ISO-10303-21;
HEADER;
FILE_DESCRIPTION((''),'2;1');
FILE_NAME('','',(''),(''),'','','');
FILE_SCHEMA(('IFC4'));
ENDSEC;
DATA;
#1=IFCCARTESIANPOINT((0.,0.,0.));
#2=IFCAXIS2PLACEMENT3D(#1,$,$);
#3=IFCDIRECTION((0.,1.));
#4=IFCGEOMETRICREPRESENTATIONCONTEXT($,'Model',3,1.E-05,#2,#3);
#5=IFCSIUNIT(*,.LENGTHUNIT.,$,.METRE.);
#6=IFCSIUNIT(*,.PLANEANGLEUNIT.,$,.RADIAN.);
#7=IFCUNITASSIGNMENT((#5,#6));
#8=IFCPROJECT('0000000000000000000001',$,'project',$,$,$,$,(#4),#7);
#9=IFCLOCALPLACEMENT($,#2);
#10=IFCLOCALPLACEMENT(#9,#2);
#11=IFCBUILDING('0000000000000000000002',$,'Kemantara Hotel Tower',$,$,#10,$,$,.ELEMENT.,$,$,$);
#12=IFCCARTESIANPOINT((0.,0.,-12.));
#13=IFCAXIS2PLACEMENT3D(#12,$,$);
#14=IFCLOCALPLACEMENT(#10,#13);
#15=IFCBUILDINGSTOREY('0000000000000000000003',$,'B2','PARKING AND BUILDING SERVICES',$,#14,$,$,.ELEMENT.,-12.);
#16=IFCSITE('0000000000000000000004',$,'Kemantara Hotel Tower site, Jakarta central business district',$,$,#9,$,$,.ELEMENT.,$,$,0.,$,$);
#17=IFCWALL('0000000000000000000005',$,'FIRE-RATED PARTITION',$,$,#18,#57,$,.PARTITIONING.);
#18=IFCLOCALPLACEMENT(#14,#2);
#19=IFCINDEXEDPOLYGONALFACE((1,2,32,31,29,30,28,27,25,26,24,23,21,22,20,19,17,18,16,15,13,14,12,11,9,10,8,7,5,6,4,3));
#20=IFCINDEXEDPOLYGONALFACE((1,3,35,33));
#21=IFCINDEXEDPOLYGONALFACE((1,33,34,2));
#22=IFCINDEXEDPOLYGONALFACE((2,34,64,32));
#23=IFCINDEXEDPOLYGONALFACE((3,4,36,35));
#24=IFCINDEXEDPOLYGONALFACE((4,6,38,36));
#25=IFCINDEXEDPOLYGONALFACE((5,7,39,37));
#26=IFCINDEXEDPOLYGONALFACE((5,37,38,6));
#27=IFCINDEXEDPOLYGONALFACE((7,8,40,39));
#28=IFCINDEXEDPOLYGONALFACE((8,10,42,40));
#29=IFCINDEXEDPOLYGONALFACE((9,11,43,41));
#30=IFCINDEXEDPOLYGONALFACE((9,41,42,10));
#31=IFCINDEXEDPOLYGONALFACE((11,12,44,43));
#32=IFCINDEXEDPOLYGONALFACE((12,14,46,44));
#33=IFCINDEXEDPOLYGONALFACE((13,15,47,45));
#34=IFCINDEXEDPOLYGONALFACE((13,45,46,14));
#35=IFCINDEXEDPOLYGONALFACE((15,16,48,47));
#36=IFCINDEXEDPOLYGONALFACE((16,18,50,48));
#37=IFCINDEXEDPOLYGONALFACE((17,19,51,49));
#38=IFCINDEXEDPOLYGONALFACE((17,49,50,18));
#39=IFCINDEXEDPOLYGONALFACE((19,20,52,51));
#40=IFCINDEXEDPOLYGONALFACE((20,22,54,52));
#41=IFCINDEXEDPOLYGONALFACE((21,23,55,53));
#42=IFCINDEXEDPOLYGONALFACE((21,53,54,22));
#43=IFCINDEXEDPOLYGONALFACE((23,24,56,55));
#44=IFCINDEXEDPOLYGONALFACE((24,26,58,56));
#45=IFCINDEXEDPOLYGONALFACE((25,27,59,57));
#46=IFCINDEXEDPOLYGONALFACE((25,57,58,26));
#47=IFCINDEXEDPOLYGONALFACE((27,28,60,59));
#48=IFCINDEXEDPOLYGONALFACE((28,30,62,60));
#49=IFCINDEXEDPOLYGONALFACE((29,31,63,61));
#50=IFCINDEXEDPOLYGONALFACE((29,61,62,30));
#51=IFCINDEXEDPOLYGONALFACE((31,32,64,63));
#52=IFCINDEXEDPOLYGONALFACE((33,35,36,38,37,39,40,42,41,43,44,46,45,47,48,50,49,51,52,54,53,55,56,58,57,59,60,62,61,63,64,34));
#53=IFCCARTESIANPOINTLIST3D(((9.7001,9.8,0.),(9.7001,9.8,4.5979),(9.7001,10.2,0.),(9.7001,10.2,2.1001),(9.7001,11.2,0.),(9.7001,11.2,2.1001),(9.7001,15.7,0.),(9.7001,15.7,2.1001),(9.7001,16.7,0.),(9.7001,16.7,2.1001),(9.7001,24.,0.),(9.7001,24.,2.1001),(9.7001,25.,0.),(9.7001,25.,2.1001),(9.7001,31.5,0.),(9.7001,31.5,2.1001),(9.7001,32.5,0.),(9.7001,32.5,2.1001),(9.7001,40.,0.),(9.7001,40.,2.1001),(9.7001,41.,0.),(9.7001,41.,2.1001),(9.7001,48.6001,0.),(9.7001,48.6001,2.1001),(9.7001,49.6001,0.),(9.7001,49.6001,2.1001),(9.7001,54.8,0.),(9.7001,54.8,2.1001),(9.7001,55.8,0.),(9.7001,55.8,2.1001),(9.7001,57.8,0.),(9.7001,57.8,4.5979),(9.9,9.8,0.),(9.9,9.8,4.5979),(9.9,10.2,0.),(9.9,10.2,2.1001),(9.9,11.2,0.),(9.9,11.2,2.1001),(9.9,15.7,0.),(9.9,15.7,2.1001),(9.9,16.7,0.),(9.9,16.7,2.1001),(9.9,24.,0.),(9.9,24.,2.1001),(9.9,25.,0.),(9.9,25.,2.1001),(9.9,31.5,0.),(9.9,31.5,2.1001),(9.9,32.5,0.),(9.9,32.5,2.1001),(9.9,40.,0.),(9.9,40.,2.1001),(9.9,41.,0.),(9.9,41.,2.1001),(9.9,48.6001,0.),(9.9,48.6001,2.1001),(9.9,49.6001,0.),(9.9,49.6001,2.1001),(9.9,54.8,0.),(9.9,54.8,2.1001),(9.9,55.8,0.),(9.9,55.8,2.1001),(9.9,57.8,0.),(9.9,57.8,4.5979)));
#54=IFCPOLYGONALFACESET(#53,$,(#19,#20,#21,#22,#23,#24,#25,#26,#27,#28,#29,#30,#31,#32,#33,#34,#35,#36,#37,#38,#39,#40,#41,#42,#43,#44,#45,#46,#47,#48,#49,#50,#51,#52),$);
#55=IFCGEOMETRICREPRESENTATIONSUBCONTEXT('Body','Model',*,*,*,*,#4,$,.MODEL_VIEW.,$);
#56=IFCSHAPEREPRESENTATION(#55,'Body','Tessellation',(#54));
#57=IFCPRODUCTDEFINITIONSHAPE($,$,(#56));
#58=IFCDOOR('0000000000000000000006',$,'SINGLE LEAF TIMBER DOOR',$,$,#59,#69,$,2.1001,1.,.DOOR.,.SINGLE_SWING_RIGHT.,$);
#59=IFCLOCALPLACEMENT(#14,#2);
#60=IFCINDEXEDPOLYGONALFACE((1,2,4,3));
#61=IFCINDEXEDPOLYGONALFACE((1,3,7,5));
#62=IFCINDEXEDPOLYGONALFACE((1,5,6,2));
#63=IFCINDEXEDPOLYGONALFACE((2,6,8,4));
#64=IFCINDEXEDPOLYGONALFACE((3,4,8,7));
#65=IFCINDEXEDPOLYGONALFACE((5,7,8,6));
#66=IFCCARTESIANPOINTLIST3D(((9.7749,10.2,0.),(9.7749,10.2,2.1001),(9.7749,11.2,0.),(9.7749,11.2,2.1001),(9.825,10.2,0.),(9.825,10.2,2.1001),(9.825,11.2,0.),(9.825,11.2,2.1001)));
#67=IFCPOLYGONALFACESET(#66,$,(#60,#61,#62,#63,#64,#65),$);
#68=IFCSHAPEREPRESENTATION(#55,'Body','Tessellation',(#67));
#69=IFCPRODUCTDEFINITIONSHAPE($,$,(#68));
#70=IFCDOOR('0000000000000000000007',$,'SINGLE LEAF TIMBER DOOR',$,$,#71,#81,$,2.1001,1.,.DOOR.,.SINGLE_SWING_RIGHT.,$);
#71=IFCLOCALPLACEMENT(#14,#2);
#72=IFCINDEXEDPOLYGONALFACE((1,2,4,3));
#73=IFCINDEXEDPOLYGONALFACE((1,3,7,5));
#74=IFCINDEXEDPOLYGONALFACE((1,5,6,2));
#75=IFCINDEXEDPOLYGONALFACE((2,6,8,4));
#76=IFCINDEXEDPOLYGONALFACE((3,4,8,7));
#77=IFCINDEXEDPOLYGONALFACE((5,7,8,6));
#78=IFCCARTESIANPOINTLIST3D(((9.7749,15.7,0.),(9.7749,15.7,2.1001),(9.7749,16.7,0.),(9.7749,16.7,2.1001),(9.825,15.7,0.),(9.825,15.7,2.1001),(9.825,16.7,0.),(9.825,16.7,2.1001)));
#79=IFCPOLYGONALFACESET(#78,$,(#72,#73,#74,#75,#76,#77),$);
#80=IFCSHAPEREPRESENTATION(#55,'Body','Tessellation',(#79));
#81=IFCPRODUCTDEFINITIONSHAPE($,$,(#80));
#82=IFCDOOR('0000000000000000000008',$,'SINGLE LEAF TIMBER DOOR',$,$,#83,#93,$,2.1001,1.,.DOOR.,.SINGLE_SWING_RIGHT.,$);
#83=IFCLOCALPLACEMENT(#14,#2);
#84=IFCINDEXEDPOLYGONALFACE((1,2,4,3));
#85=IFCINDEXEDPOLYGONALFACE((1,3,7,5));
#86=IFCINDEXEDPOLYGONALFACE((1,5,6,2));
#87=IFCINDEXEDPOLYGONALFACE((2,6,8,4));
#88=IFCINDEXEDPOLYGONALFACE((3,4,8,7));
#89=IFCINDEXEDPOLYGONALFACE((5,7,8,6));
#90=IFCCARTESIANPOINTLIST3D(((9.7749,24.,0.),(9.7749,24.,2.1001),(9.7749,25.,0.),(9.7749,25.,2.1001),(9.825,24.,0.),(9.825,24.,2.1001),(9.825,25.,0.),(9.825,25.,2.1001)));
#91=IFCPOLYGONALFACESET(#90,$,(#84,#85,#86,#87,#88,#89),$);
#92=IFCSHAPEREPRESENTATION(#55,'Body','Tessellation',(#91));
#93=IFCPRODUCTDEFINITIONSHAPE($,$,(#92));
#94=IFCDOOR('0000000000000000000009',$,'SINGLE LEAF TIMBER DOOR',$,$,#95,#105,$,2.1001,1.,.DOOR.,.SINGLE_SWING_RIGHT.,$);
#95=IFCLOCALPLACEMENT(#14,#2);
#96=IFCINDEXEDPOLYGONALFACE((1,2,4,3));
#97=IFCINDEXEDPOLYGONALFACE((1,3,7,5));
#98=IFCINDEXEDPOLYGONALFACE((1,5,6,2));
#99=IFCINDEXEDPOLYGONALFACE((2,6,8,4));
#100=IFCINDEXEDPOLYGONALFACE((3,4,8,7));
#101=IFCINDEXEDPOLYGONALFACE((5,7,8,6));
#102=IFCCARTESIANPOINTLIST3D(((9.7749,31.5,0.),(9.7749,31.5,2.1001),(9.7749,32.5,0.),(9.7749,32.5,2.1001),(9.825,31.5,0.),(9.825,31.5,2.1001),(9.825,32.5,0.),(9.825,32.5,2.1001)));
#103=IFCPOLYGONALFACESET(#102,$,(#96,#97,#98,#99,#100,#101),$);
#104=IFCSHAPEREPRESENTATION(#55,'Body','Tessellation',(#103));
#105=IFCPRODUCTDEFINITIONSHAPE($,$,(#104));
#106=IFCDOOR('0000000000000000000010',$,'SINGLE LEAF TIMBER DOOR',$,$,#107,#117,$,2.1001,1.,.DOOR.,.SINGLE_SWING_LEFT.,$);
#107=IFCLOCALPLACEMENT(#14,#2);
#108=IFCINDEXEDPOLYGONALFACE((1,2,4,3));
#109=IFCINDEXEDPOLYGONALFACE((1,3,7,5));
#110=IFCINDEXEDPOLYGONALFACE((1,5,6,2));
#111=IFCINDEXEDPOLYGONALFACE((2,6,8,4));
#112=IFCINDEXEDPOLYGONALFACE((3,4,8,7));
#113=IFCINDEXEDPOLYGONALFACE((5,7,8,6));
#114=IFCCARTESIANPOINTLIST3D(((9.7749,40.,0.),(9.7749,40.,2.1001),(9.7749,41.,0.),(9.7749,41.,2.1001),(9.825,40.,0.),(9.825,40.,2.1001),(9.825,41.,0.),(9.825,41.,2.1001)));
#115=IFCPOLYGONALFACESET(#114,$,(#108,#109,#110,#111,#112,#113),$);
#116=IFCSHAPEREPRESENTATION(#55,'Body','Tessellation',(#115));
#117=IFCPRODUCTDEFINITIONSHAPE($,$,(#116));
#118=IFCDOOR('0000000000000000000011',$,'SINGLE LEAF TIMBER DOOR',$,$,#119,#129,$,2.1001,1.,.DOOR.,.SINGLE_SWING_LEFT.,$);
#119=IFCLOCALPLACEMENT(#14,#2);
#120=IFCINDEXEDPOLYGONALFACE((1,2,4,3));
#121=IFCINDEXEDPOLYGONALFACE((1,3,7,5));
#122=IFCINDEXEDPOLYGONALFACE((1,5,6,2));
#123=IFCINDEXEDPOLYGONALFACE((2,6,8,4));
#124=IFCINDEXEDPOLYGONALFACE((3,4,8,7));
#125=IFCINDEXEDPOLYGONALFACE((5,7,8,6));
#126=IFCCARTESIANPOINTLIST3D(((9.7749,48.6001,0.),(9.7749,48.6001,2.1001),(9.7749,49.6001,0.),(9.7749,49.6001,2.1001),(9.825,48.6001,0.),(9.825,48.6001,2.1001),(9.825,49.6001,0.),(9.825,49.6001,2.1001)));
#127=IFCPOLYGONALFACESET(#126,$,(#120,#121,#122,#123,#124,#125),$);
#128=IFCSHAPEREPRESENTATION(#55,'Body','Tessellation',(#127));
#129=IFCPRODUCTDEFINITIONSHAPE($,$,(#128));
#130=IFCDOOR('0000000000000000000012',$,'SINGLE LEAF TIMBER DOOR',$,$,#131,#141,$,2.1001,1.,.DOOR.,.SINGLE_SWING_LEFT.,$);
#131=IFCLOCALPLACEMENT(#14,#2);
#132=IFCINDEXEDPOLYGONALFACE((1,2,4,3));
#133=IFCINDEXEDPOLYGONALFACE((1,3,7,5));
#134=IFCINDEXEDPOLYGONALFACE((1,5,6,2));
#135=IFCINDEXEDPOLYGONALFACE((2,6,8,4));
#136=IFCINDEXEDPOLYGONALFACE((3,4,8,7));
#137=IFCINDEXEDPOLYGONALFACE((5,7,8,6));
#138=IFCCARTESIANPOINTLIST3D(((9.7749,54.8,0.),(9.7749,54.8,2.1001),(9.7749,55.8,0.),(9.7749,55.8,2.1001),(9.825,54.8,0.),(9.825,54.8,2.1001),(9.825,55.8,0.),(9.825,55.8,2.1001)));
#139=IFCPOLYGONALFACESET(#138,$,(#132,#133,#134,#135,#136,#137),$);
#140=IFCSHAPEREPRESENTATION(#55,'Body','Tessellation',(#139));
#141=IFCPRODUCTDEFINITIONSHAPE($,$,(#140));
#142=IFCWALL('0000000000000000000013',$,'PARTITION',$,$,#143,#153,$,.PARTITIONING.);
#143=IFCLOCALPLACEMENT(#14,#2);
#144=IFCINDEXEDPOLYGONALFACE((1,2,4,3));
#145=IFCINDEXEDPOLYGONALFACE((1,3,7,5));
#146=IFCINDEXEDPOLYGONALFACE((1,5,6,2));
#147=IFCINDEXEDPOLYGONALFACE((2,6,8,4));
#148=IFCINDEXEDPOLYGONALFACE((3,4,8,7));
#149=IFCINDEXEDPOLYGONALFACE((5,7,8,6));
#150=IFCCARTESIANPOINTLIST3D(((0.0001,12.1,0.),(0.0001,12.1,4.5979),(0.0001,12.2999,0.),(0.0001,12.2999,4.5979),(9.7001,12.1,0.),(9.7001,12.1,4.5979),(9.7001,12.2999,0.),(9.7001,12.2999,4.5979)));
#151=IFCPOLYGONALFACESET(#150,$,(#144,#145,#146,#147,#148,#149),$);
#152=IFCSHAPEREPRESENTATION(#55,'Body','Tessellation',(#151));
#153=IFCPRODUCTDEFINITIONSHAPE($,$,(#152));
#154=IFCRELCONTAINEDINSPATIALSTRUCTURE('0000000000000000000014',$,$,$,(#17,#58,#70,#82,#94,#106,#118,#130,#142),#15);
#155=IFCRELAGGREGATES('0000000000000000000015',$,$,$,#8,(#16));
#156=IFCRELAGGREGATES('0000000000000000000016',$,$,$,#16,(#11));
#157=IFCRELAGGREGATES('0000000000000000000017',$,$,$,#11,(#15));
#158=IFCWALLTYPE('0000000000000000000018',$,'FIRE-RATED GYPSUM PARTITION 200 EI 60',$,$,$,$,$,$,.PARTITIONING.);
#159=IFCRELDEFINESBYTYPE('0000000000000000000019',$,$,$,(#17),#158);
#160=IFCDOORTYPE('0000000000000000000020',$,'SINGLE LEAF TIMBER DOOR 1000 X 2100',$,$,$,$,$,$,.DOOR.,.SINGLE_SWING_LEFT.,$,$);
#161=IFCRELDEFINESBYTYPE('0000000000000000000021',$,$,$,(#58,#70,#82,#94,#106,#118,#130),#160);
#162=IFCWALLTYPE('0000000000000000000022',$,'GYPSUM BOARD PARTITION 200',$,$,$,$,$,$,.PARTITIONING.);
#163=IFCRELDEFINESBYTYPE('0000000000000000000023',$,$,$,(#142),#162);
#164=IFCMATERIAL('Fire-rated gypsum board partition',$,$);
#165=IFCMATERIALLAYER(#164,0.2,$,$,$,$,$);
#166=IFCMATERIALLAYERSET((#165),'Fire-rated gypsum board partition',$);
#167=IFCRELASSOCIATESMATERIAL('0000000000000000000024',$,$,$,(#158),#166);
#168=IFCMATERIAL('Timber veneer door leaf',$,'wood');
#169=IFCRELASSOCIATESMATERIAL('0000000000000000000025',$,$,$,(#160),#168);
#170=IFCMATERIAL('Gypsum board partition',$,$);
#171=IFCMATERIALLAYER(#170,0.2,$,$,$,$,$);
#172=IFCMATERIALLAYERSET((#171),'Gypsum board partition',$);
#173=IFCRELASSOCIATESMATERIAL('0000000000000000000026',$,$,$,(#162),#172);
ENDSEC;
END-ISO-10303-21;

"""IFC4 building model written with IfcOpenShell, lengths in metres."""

from ifc_helpers import new_model, si_unit, direction, frame, frame_2d, origin, place, context, subcontext, project, spatial, rectangle, extrude, material, layer, layer_set, type_object, element, fill, save


model = new_model("IFC4")

# Units and contexts
model_context = context("Model", 3, precision=1e-05, world=origin(), true_north=direction((0.0, 1.0)))
body_context = subcontext(model_context, "Body", "Model", "MODEL_VIEW")
ifc_project = project(units=[si_unit("LENGTHUNIT", "METRE"), si_unit("PLANEANGLEUNIT", "RADIAN")], contexts=[model_context])

# Site, building, storey
site_placement = place(None, origin())
site = spatial("IfcSite", under=ifc_project, at=site_placement, Name="Kemantara Hotel Tower site, Jakarta central business district", CompositionType="ELEMENT", RefElevation=0.0)
building_placement = place(site_placement, origin())
building = spatial("IfcBuilding", under=site, at=building_placement, Name="Kemantara Hotel Tower", CompositionType="ELEMENT")
storey_placement = place(building_placement, frame((0.0, 0.0, -12.0)))
storey = spatial("IfcBuildingStorey", under=building, at=storey_placement, Name="B2", Description="PARKING AND BUILDING SERVICES", CompositionType="ELEMENT", Elevation=-12.0)

# Wall, openings, doors
ifc_material_1 = material(Name="Fire-rated gypsum board partition")
ifc_layer_1 = layer(ifc_material_1, 0.2)
ifc_layer_set_1 = layer_set([ifc_layer_1], Name="Fire-rated gypsum board partition")
wall_type_1 = type_object("IfcWallType", Name="FIRE-RATED GYPSUM PARTITION 200 EI 60", PredefinedType="PARTITIONING", material=ifc_layer_set_1)
wall_1_placement = place(storey_placement, frame((9.8, 9.8, 0.0), z_axis=(0.0, 0.0, 1.0), x_axis=(0.0, 1.0, 0.0)))
wall_1 = element("IfcWall", 1, at=wall_1_placement, inside=storey, type_object=wall_type_1, Name="FIRE-RATED PARTITION", PredefinedType="PARTITIONING", context=body_context, shape_type="SweptSolid", body=[
    extrude(rectangle(XDim=48.0, YDim=0.2, at=frame_2d((24.0, 0.0))), origin(), (0.0, 0.0, 1.0), 4.5979),
])
opening_1_placement = place(wall_1_placement, frame((0.3999, 0.0, 0.0)))
opening_1 = element("IfcOpeningElement", 2, at=opening_1_placement, cuts=wall_1, PredefinedType="OPENING", context=body_context, shape_type="SweptSolid", body=[
    extrude(rectangle(XDim=1.0, YDim=2.1001, at=frame_2d((0.5, 1.05))), frame((0.0, 0.1099, 0.0), z_axis=(0.0, -1.0, 0.0), x_axis=(1.0, 0.0, 0.0)), (0.0, 0.0, 1.0), 0.22),
])
opening_2_placement = place(wall_1_placement, frame((5.8999, 0.0, 0.0)))
opening_2 = element("IfcOpeningElement", 3, at=opening_2_placement, cuts=wall_1, PredefinedType="OPENING", context=body_context, shape_type="SweptSolid", body=[
    extrude(rectangle(XDim=1.0, YDim=2.1001, at=frame_2d((0.5, 1.05))), frame((0.0, 0.1099, 0.0), z_axis=(0.0, -1.0, 0.0), x_axis=(1.0, 0.0, 0.0)), (0.0, 0.0, 1.0), 0.22),
])
opening_3_placement = place(wall_1_placement, frame((14.2, 0.0, 0.0)))
opening_3 = element("IfcOpeningElement", 4, at=opening_3_placement, cuts=wall_1, PredefinedType="OPENING", context=body_context, shape_type="SweptSolid", body=[
    extrude(rectangle(XDim=1.0, YDim=2.1001, at=frame_2d((0.5, 1.05))), frame((0.0, 0.1099, 0.0), z_axis=(0.0, -1.0, 0.0), x_axis=(1.0, 0.0, 0.0)), (0.0, 0.0, 1.0), 0.22),
])
opening_4_placement = place(wall_1_placement, frame((21.7, 0.0, 0.0)))
opening_4 = element("IfcOpeningElement", 5, at=opening_4_placement, cuts=wall_1, PredefinedType="OPENING", context=body_context, shape_type="SweptSolid", body=[
    extrude(rectangle(XDim=1.0, YDim=2.1001, at=frame_2d((0.5, 1.05))), frame((0.0, 0.1099, 0.0), z_axis=(0.0, -1.0, 0.0), x_axis=(1.0, 0.0, 0.0)), (0.0, 0.0, 1.0), 0.22),
])
opening_5_placement = place(wall_1_placement, frame((30.2, 0.0, 0.0)))
opening_5 = element("IfcOpeningElement", 6, at=opening_5_placement, cuts=wall_1, PredefinedType="OPENING", context=body_context, shape_type="SweptSolid", body=[
    extrude(rectangle(XDim=1.0, YDim=2.1001, at=frame_2d((0.5, 1.05))), frame((0.0, 0.1099, 0.0), z_axis=(0.0, -1.0, 0.0), x_axis=(1.0, 0.0, 0.0)), (0.0, 0.0, 1.0), 0.22),
])
opening_6_placement = place(wall_1_placement, frame((38.8, 0.0, 0.0)))
opening_6 = element("IfcOpeningElement", 7, at=opening_6_placement, cuts=wall_1, PredefinedType="OPENING", context=body_context, shape_type="SweptSolid", body=[
    extrude(rectangle(XDim=1.0, YDim=2.1001, at=frame_2d((0.5, 1.05))), frame((0.0, 0.1099, 0.0), z_axis=(0.0, -1.0, 0.0), x_axis=(1.0, 0.0, 0.0)), (0.0, 0.0, 1.0), 0.22),
])
opening_7_placement = place(wall_1_placement, frame((45.0, 0.0, 0.0)))
opening_7 = element("IfcOpeningElement", 8, at=opening_7_placement, cuts=wall_1, PredefinedType="OPENING", context=body_context, shape_type="SweptSolid", body=[
    extrude(rectangle(XDim=1.0, YDim=2.1001, at=frame_2d((0.5, 1.05))), frame((0.0, 0.1099, 0.0), z_axis=(0.0, -1.0, 0.0), x_axis=(1.0, 0.0, 0.0)), (0.0, 0.0, 1.0), 0.22),
])
ifc_material_2 = material(Name="Timber veneer door leaf", Category="wood")
door_type_1 = type_object("IfcDoorType", Name="SINGLE LEAF TIMBER DOOR 1000 X 2100", OperationType="SINGLE_SWING_LEFT", PredefinedType="DOOR", material=ifc_material_2)
door_1_placement = place(opening_1_placement, frame((1.0, 0.0, 0.0), z_axis=(0.0, 0.0, 1.0), x_axis=(-1.0, 0.0, 0.0)))
door_1 = element("IfcDoor", 9, at=door_1_placement, inside=storey, type_object=door_type_1, Name="SINGLE LEAF TIMBER DOOR", OperationType="SINGLE_SWING_RIGHT", OverallHeight=2.1001, OverallWidth=1.0, PredefinedType="DOOR", context=body_context, shape_type="SweptSolid", body=[
    extrude(rectangle(XDim=1.0, YDim=2.1001, at=frame_2d((0.5, 1.05))), frame((0.0, 0.0249, 0.0), z_axis=(0.0, -1.0, 0.0), x_axis=(1.0, 0.0, 0.0)), (0.0, 0.0, 1.0), 0.05),
])
fill(opening_1, door_1)
door_2_placement = place(opening_2_placement, frame((1.0, 0.0, 0.0), z_axis=(0.0, 0.0, 1.0), x_axis=(-1.0, 0.0, 0.0)))
door_2 = element("IfcDoor", 10, at=door_2_placement, inside=storey, type_object=door_type_1, Name="SINGLE LEAF TIMBER DOOR", OperationType="SINGLE_SWING_RIGHT", OverallHeight=2.1001, OverallWidth=1.0, PredefinedType="DOOR", context=body_context, shape_type="SweptSolid", body=[
    extrude(rectangle(XDim=1.0, YDim=2.1001, at=frame_2d((0.5, 1.05))), frame((0.0, 0.0249, 0.0), z_axis=(0.0, -1.0, 0.0), x_axis=(1.0, 0.0, 0.0)), (0.0, 0.0, 1.0), 0.05),
])
fill(opening_2, door_2)
door_3_placement = place(opening_3_placement, frame((1.0, 0.0, 0.0), z_axis=(0.0, 0.0, 1.0), x_axis=(-1.0, 0.0, 0.0)))
door_3 = element("IfcDoor", 11, at=door_3_placement, inside=storey, type_object=door_type_1, Name="SINGLE LEAF TIMBER DOOR", OperationType="SINGLE_SWING_RIGHT", OverallHeight=2.1001, OverallWidth=1.0, PredefinedType="DOOR", context=body_context, shape_type="SweptSolid", body=[
    extrude(rectangle(XDim=1.0, YDim=2.1001, at=frame_2d((0.5, 1.05))), frame((0.0, 0.0249, 0.0), z_axis=(0.0, -1.0, 0.0), x_axis=(1.0, 0.0, 0.0)), (0.0, 0.0, 1.0), 0.05),
])
fill(opening_3, door_3)
door_4_placement = place(opening_4_placement, frame((1.0, 0.0, 0.0), z_axis=(0.0, 0.0, 1.0), x_axis=(-1.0, 0.0, 0.0)))
door_4 = element("IfcDoor", 12, at=door_4_placement, inside=storey, type_object=door_type_1, Name="SINGLE LEAF TIMBER DOOR", OperationType="SINGLE_SWING_RIGHT", OverallHeight=2.1001, OverallWidth=1.0, PredefinedType="DOOR", context=body_context, shape_type="SweptSolid", body=[
    extrude(rectangle(XDim=1.0, YDim=2.1001, at=frame_2d((0.5, 1.05))), frame((0.0, 0.0249, 0.0), z_axis=(0.0, -1.0, 0.0), x_axis=(1.0, 0.0, 0.0)), (0.0, 0.0, 1.0), 0.05),
])
fill(opening_4, door_4)
door_5_placement = place(opening_5_placement, frame((1.0, 0.0, 0.0), z_axis=(0.0, 0.0, 1.0), x_axis=(-1.0, 0.0, 0.0)))
door_5 = element("IfcDoor", 13, at=door_5_placement, inside=storey, type_object=door_type_1, Name="SINGLE LEAF TIMBER DOOR", OperationType="SINGLE_SWING_LEFT", OverallHeight=2.1001, OverallWidth=1.0, PredefinedType="DOOR", context=body_context, shape_type="SweptSolid", body=[
    extrude(rectangle(XDim=1.0, YDim=2.1001, at=frame_2d((0.5, 1.05))), frame((0.0, 0.0249, 0.0), z_axis=(0.0, -1.0, 0.0), x_axis=(1.0, 0.0, 0.0)), (0.0, 0.0, 1.0), 0.05),
])
fill(opening_5, door_5)
door_6_placement = place(opening_6_placement, frame((1.0, 0.0, 0.0), z_axis=(0.0, 0.0, 1.0), x_axis=(-1.0, 0.0, 0.0)))
door_6 = element("IfcDoor", 14, at=door_6_placement, inside=storey, type_object=door_type_1, Name="SINGLE LEAF TIMBER DOOR", OperationType="SINGLE_SWING_LEFT", OverallHeight=2.1001, OverallWidth=1.0, PredefinedType="DOOR", context=body_context, shape_type="SweptSolid", body=[
    extrude(rectangle(XDim=1.0, YDim=2.1001, at=frame_2d((0.5, 1.05))), frame((0.0, 0.0249, 0.0), z_axis=(0.0, -1.0, 0.0), x_axis=(1.0, 0.0, 0.0)), (0.0, 0.0, 1.0), 0.05),
])
fill(opening_6, door_6)
door_7_placement = place(opening_7_placement, frame((1.0, 0.0, 0.0), z_axis=(0.0, 0.0, 1.0), x_axis=(-1.0, 0.0, 0.0)))
door_7 = element("IfcDoor", 15, at=door_7_placement, inside=storey, type_object=door_type_1, Name="SINGLE LEAF TIMBER DOOR", OperationType="SINGLE_SWING_LEFT", OverallHeight=2.1001, OverallWidth=1.0, PredefinedType="DOOR", context=body_context, shape_type="SweptSolid", body=[
    extrude(rectangle(XDim=1.0, YDim=2.1001, at=frame_2d((0.5, 1.05))), frame((0.0, 0.0249, 0.0), z_axis=(0.0, -1.0, 0.0), x_axis=(1.0, 0.0, 0.0)), (0.0, 0.0, 1.0), 0.05),
])
fill(opening_7, door_7)

# Wall
ifc_material_3 = material(Name="Gypsum board partition")
ifc_layer_2 = layer(ifc_material_3, 0.2)
ifc_layer_set_2 = layer_set([ifc_layer_2], Name="Gypsum board partition")
wall_type_2 = type_object("IfcWallType", Name="GYPSUM BOARD PARTITION 200", PredefinedType="PARTITIONING", material=ifc_layer_set_2)
wall_2_placement = place(storey_placement, frame((0.0, 12.2, 0.0), z_axis=(0.0, 0.0, 1.0), x_axis=(1.0, 0.0, 0.0)))
element("IfcWall", 16, at=wall_2_placement, inside=storey, type_object=wall_type_2, Name="PARTITION", PredefinedType="PARTITIONING", context=body_context, shape_type="SweptSolid", body=[
    extrude(rectangle(XDim=9.7, YDim=0.2, at=frame_2d((4.8501, 0.0))), origin(), (0.0, 0.0, 1.0), 4.5979),
])

save(model, "model.ifc")
